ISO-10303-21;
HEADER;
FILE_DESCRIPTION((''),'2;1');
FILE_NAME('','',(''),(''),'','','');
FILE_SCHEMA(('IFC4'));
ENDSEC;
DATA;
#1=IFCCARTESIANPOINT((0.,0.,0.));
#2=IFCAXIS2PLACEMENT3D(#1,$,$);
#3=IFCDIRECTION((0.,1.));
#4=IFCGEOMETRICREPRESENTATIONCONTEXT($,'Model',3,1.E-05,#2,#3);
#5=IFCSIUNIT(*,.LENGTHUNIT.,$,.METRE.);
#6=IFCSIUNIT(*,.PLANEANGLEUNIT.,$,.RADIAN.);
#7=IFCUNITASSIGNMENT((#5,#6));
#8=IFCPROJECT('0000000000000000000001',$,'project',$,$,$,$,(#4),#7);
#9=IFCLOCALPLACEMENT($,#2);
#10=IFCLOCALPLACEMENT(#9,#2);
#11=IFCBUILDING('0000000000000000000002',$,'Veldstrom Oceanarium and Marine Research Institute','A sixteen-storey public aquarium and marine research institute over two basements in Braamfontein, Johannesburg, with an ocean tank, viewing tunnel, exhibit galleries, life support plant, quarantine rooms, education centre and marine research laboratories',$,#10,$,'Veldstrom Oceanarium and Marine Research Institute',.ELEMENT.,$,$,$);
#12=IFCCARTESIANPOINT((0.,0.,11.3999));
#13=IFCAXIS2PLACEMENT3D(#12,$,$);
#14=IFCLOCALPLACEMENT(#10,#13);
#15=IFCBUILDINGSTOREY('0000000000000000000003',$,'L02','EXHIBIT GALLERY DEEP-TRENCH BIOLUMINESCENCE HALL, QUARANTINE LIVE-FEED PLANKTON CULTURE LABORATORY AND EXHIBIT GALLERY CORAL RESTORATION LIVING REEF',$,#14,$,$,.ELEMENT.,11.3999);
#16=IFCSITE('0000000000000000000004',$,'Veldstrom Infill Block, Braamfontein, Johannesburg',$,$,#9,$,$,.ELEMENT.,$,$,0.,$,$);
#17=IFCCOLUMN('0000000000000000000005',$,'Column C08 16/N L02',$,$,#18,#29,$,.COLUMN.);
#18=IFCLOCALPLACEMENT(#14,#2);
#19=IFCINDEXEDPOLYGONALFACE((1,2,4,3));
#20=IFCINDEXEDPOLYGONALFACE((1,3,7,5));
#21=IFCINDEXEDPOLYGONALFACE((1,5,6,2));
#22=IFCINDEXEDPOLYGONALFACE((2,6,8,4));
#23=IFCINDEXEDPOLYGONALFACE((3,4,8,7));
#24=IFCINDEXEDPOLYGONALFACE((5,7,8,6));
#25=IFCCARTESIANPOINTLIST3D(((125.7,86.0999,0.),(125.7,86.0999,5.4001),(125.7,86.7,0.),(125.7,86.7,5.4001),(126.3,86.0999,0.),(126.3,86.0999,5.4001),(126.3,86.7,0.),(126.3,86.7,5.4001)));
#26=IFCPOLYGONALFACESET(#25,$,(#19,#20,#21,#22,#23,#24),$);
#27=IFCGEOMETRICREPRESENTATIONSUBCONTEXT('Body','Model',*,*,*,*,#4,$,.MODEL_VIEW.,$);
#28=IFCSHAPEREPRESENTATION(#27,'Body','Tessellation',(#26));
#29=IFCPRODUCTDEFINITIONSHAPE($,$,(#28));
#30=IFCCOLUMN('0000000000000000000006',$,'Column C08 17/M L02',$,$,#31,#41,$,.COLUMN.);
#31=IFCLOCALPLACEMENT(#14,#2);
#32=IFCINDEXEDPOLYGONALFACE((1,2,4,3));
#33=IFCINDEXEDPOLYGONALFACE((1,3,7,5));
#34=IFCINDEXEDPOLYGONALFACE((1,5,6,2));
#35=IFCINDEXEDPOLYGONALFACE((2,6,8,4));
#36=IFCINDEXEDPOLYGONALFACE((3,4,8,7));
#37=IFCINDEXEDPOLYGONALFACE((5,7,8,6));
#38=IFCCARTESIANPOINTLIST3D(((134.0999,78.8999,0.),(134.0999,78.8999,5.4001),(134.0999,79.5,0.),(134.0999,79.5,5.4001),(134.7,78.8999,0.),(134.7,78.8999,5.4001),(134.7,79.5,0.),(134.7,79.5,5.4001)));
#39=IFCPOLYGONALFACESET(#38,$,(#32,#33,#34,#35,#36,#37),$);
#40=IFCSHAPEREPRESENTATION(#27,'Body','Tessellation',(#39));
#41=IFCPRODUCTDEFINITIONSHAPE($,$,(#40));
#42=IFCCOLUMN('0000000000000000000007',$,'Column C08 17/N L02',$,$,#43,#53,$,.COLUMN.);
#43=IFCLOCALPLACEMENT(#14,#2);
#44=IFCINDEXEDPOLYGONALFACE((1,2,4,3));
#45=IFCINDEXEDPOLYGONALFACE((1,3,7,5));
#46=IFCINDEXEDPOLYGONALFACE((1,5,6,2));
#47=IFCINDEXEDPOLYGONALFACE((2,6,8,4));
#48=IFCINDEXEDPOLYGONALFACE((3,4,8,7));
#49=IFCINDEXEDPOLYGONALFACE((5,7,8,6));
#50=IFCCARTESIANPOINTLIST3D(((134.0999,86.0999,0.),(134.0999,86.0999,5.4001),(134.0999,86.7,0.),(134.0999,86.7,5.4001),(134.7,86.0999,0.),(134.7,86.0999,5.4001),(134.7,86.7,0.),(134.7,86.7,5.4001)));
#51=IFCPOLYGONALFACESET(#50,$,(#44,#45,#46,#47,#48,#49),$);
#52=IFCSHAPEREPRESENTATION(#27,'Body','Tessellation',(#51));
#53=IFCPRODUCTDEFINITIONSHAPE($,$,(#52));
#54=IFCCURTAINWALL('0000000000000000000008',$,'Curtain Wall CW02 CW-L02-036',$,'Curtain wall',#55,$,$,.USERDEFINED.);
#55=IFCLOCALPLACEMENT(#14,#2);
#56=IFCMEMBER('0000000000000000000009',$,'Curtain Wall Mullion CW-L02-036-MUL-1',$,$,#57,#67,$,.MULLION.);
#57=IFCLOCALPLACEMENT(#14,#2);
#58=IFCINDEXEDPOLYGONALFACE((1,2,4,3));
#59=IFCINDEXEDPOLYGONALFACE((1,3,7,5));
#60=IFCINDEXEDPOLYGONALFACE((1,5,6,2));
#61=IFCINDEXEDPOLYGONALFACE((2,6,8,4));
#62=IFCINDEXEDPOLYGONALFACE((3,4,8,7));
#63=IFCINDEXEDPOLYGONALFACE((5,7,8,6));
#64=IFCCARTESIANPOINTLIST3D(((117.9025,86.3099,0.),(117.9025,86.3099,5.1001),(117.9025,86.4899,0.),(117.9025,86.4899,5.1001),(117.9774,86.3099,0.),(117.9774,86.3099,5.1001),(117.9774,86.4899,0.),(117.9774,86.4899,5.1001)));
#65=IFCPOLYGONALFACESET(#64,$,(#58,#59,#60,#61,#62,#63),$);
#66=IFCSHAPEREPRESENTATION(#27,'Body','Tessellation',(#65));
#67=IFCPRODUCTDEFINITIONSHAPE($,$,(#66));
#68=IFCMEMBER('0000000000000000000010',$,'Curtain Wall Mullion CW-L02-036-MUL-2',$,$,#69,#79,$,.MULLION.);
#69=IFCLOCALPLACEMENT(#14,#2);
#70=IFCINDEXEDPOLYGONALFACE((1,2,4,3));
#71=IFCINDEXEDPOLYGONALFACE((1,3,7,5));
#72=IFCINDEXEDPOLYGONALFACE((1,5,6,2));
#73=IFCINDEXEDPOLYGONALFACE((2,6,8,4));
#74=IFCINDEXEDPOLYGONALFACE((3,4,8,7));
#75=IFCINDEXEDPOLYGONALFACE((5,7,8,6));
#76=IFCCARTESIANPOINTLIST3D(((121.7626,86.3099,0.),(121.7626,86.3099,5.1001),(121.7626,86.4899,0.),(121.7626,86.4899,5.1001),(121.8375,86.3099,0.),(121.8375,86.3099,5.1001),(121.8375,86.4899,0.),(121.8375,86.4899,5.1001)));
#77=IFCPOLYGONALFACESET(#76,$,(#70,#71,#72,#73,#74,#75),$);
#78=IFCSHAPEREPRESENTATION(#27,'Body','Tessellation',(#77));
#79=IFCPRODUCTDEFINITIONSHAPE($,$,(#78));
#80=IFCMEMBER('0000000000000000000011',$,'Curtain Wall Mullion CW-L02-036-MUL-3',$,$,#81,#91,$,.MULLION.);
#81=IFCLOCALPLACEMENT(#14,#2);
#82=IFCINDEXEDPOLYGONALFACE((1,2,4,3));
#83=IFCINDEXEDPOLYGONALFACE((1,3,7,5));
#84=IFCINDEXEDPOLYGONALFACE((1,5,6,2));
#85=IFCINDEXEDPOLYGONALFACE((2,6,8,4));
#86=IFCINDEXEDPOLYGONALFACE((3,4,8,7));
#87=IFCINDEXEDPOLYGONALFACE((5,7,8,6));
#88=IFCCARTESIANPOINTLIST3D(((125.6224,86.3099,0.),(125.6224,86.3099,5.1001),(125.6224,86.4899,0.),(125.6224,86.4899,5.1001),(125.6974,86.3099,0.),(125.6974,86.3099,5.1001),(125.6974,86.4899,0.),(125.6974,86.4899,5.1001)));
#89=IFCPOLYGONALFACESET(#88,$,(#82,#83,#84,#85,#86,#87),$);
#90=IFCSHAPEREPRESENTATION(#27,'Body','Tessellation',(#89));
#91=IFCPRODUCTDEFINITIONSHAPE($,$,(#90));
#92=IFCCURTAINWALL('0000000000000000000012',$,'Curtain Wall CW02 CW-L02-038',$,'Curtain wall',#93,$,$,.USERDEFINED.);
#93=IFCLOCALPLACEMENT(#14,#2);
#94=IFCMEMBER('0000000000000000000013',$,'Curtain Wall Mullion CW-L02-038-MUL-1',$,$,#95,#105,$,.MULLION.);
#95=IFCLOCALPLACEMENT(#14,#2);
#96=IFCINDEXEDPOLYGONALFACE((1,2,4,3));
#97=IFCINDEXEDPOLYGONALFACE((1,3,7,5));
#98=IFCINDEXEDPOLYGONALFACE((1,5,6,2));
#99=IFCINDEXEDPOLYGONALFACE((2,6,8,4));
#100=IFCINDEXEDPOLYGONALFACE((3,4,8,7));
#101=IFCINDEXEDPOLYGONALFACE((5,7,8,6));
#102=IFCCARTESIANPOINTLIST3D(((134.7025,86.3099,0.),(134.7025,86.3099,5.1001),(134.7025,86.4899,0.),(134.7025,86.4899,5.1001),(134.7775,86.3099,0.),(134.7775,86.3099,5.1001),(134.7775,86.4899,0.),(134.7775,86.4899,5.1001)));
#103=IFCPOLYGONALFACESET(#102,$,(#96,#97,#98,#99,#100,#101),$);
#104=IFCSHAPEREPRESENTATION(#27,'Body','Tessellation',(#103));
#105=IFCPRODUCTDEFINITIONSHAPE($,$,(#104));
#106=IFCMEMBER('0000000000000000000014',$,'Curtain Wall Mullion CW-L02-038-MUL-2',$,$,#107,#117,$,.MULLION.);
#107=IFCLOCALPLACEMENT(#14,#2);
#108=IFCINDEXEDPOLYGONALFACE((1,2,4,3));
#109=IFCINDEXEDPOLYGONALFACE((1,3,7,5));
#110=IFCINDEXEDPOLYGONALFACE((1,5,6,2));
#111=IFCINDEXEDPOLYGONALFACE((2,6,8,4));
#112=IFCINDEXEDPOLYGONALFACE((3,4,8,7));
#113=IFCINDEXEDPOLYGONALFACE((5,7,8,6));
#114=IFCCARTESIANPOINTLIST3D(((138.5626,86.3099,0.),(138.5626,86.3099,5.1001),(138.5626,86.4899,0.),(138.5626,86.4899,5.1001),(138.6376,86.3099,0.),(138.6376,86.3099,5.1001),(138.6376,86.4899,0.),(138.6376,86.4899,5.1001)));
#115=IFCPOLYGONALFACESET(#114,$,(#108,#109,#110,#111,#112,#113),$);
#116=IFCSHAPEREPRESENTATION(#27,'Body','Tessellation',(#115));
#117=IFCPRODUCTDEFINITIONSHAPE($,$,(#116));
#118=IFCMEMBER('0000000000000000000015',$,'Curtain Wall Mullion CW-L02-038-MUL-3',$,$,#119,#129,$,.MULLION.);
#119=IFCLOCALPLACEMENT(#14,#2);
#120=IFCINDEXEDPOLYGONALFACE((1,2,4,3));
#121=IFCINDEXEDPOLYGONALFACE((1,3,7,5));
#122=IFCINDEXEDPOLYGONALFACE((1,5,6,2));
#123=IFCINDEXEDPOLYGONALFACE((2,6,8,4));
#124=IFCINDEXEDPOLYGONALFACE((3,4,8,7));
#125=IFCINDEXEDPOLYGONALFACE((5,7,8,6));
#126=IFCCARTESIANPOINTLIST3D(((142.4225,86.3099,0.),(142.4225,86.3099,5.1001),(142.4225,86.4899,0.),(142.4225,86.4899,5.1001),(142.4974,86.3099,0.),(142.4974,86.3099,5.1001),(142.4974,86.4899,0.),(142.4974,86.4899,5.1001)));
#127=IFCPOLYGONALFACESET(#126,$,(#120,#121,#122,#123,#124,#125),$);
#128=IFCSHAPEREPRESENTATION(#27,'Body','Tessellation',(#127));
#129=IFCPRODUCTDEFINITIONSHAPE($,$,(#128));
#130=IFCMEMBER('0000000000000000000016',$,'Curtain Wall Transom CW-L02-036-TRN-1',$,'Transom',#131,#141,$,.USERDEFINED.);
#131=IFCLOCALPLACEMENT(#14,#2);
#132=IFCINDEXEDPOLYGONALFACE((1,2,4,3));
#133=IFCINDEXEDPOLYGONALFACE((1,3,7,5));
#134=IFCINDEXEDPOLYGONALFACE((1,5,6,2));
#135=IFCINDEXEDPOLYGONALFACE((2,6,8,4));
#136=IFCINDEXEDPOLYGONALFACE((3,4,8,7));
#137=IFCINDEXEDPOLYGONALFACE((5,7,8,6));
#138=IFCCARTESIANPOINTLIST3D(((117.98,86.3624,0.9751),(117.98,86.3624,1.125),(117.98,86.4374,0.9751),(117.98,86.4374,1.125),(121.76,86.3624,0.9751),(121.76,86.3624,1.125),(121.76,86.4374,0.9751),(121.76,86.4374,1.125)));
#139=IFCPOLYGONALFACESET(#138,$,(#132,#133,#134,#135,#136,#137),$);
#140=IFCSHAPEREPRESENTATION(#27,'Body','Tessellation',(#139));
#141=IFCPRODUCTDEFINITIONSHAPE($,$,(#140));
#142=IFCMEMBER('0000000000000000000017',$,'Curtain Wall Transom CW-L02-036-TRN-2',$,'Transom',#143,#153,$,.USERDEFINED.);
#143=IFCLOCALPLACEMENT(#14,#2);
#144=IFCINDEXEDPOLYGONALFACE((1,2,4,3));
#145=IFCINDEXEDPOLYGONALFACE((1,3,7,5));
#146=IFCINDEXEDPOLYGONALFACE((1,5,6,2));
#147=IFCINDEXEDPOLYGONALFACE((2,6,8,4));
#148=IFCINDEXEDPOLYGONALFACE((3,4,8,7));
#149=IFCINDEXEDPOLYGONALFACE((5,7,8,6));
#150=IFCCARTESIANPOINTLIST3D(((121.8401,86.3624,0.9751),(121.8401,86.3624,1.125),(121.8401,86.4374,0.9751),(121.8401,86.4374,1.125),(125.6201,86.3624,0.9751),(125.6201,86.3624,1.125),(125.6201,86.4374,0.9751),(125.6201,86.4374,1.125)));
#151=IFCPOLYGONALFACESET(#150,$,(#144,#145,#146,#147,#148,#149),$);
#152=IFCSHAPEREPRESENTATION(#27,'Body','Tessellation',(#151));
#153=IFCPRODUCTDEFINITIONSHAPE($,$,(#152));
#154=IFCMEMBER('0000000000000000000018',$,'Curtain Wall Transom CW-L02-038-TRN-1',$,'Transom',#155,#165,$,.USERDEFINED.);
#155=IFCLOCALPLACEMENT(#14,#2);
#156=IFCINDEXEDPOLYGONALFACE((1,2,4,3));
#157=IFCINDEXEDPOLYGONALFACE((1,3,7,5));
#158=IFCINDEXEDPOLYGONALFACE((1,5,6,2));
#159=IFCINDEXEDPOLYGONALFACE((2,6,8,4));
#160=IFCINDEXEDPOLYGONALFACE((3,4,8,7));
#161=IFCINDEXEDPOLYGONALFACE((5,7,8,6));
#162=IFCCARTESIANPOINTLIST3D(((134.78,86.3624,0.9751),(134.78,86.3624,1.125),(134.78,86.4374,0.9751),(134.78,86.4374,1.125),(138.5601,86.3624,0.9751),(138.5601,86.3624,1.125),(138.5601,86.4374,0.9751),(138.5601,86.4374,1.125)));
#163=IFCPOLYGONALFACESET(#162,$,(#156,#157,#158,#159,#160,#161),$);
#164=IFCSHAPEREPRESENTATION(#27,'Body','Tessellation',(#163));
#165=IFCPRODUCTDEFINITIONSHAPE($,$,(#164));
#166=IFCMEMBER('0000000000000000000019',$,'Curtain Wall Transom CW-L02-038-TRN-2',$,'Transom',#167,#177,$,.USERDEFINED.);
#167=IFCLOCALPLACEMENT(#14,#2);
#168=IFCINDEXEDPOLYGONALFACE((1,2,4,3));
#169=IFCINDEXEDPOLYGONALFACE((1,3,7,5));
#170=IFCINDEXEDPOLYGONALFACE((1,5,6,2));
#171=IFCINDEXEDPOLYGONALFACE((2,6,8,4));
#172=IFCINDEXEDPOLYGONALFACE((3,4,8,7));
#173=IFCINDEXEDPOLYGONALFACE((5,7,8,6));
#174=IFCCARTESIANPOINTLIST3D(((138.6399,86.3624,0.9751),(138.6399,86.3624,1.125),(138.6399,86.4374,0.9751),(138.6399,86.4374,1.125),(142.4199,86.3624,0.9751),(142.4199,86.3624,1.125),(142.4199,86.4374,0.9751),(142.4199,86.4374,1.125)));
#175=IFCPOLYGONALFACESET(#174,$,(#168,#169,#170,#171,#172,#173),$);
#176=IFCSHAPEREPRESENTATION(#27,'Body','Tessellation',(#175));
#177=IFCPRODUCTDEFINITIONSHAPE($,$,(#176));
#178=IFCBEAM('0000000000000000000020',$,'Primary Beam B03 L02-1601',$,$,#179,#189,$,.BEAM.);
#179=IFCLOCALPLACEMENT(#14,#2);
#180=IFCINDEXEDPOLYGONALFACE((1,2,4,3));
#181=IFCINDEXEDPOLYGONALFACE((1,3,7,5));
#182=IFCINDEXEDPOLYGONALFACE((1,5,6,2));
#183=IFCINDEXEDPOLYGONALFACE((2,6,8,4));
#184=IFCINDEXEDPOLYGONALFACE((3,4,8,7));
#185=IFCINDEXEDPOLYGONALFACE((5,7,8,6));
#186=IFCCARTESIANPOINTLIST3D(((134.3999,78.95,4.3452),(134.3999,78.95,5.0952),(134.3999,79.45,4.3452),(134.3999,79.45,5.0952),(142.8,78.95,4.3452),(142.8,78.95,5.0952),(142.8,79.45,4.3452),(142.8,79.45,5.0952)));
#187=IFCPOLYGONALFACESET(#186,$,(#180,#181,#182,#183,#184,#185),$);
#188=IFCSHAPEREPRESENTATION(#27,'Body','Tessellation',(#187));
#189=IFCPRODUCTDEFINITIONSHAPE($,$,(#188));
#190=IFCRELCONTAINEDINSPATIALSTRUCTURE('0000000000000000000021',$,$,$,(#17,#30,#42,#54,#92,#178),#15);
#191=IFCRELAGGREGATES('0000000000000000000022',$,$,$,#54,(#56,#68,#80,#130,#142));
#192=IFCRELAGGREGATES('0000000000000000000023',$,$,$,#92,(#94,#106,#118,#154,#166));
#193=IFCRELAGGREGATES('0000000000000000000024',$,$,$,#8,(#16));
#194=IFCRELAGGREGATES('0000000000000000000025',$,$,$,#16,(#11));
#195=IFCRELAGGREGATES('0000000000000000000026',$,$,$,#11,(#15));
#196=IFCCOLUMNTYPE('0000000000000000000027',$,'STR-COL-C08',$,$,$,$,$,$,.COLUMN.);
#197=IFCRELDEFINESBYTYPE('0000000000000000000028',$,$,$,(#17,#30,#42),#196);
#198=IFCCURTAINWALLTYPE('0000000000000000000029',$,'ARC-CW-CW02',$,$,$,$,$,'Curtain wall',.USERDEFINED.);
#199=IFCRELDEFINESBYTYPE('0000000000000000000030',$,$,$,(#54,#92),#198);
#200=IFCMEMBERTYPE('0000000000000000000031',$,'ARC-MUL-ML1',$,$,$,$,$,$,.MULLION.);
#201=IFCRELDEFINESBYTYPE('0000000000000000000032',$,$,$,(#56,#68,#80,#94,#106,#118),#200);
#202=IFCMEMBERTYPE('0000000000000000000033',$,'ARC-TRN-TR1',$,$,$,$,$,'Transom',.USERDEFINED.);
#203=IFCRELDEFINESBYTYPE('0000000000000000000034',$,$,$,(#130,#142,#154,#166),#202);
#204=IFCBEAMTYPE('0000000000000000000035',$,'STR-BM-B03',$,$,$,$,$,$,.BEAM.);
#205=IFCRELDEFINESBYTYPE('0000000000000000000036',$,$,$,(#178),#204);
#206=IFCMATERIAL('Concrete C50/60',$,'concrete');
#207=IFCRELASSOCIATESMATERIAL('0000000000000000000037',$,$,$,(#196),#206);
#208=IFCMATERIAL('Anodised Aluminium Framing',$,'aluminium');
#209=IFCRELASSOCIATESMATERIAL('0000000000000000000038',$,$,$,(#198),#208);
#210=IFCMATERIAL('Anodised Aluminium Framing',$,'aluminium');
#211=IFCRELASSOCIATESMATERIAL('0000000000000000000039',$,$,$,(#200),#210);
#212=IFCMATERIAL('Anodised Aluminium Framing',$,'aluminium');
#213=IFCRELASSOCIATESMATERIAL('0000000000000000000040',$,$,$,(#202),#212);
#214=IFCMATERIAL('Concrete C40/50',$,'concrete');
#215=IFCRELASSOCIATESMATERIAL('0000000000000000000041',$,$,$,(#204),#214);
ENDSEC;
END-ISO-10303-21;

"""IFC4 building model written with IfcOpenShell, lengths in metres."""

from ifc_helpers import new_model, si_unit, direction, frame, origin, origin_2d, place, context, subcontext, project, spatial, rectangle, extrude, material, material_profile, profile_set, type_object, element, aggregate, save


model = new_model("IFC4")

# Units and contexts
model_context = context("Model", 3, precision=1e-05, world=origin(), true_north=direction((0.0, 1.0)))
body_context = subcontext(model_context, "Body", "Model", "MODEL_VIEW")
ifc_project = project(units=[si_unit("LENGTHUNIT", "METRE"), si_unit("PLANEANGLEUNIT", "RADIAN")], contexts=[model_context])

# Site, building, storey
site_placement = place(None, origin())
site = spatial("IfcSite", under=ifc_project, at=site_placement, Name="Veldstrom Infill Block, Braamfontein, Johannesburg", CompositionType="ELEMENT", RefElevation=0.0)
building_placement = place(site_placement, origin())
building = spatial("IfcBuilding", under=site, at=building_placement, Name="Veldstrom Oceanarium and Marine Research Institute", Description="A sixteen-storey public aquarium and marine research institute over two basements in Braamfontein, Johannesburg, with an ocean tank, viewing tunnel, exhibit galleries, life support plant, quarantine rooms, education centre and marine research laboratories", LongName="Veldstrom Oceanarium and Marine Research Institute", CompositionType="ELEMENT")
storey_placement = place(building_placement, frame((0.0, 0.0, 11.3999)))
storey = spatial("IfcBuildingStorey", under=building, at=storey_placement, Name="L02", Description="EXHIBIT GALLERY DEEP-TRENCH BIOLUMINESCENCE HALL, QUARANTINE LIVE-FEED PLANKTON CULTURE LABORATORY AND EXHIBIT GALLERY CORAL RESTORATION LIVING REEF", CompositionType="ELEMENT", Elevation=11.3999)

# Columns
ifc_material_1 = material(Name="Concrete C50/60", Category="concrete")
ifc_material_profile_1 = material_profile(ifc_material_1, rectangle(XDim=0.6001, YDim=0.6001, at=origin_2d()), Name="RC-COL-600x600")
ifc_profile_set_1 = profile_set([ifc_material_profile_1], Name="Concrete C50/60")
column_type = type_object("IfcColumnType", Name="STR-COL-C08", PredefinedType="COLUMN", material=ifc_profile_set_1)
for number, where, z_axis, x_axis, name in (
    (1, (126.0, 86.3999, 0.0), (0.0, 0.0, 1.0), (1.0, 0.0, 0.0), "Column C08 16/N L02"),
    (2, (134.3999, 79.2, 0.0), (0.0, 0.0, 1.0), (1.0, 0.0, 0.0), "Column C08 17/M L02"),
    (3, (134.3999, 86.3999, 0.0), (0.0, 0.0, 1.0), (1.0, 0.0, 0.0), "Column C08 17/N L02"),
):
    element("IfcColumn", number, at=place(storey_placement, frame(where, z_axis=z_axis, x_axis=x_axis)), inside=storey, type_object=column_type, Name=name, PredefinedType="COLUMN", context=body_context, shape_type="SweptSolid", body=[
        extrude(rectangle(XDim=0.6001, YDim=0.6001, at=origin_2d()), origin(), (0.0, 0.0, 1.0), 5.4001),
    ])

# Curtain walls, members
ifc_material_2 = material(Name="Anodised Aluminium Framing", Category="aluminium")
curtain_wall_type = type_object("IfcCurtainWallType", Name="ARC-CW-CW02", ElementType="Curtain wall", PredefinedType="USERDEFINED", material=ifc_material_2)
curtain_wall_1_placement = place(storey_placement, origin())
curtain_wall_1 = element("IfcCurtainWall", 4, at=curtain_wall_1_placement, inside=storey, type_object=curtain_wall_type, Name="Curtain Wall CW02 CW-L02-036", ObjectType="Curtain wall", PredefinedType="USERDEFINED")
ifc_material_3 = material(Name="Anodised Aluminium Framing", Category="aluminium")
ifc_material_profile_2 = material_profile(ifc_material_3, rectangle(XDim=0.075, YDim=0.1799, at=origin_2d()), Name="ALU-MUL-75x180")
ifc_profile_set_2 = profile_set([ifc_material_profile_2], Name="Anodised Aluminium Framing")
member_type_1 = type_object("IfcMemberType", Name="ARC-MUL-ML1", PredefinedType="MULLION", material=ifc_profile_set_2)
member_1_placement = place(storey_placement, frame((117.9399, 86.3999, 0.0), z_axis=(0.0, 0.0, 1.0), x_axis=(1.0, 0.0, 0.0)))
member_1 = element("IfcMember", 5, at=member_1_placement, type_object=member_type_1, Name="Curtain Wall Mullion CW-L02-036-MUL-1", PredefinedType="MULLION", context=body_context, shape_type="SweptSolid", body=[
    extrude(rectangle(XDim=0.075, YDim=0.1799, at=origin_2d()), origin(), (0.0, 0.0, 1.0), 5.1001),
])
member_2_placement = place(storey_placement, frame((121.8, 86.3999, 0.0), z_axis=(0.0, 0.0, 1.0), x_axis=(1.0, 0.0, 0.0)))
member_2 = element("IfcMember", 6, at=member_2_placement, type_object=member_type_1, Name="Curtain Wall Mullion CW-L02-036-MUL-2", PredefinedType="MULLION", context=body_context, shape_type="SweptSolid", body=[
    extrude(rectangle(XDim=0.075, YDim=0.1799, at=origin_2d()), origin(), (0.0, 0.0, 1.0), 5.1001),
])
member_3_placement = place(storey_placement, frame((125.6599, 86.3999, 0.0), z_axis=(0.0, 0.0, 1.0), x_axis=(1.0, 0.0, 0.0)))
member_3 = element("IfcMember", 7, at=member_3_placement, type_object=member_type_1, Name="Curtain Wall Mullion CW-L02-036-MUL-3", PredefinedType="MULLION", context=body_context, shape_type="SweptSolid", body=[
    extrude(rectangle(XDim=0.075, YDim=0.1799, at=origin_2d()), origin(), (0.0, 0.0, 1.0), 5.1001),
])
curtain_wall_2_placement = place(storey_placement, origin())
curtain_wall_2 = element("IfcCurtainWall", 8, at=curtain_wall_2_placement, inside=storey, type_object=curtain_wall_type, Name="Curtain Wall CW02 CW-L02-038", ObjectType="Curtain wall", PredefinedType="USERDEFINED")
member_4_placement = place(storey_placement, frame((134.74, 86.3999, 0.0), z_axis=(0.0, 0.0, 1.0), x_axis=(1.0, 0.0, 0.0)))
member_4 = element("IfcMember", 9, at=member_4_placement, type_object=member_type_1, Name="Curtain Wall Mullion CW-L02-038-MUL-1", PredefinedType="MULLION", context=body_context, shape_type="SweptSolid", body=[
    extrude(rectangle(XDim=0.075, YDim=0.1799, at=origin_2d()), origin(), (0.0, 0.0, 1.0), 5.1001),
])
member_5_placement = place(storey_placement, frame((138.6001, 86.3999, 0.0), z_axis=(0.0, 0.0, 1.0), x_axis=(1.0, 0.0, 0.0)))
member_5 = element("IfcMember", 10, at=member_5_placement, type_object=member_type_1, Name="Curtain Wall Mullion CW-L02-038-MUL-2", PredefinedType="MULLION", context=body_context, shape_type="SweptSolid", body=[
    extrude(rectangle(XDim=0.075, YDim=0.1799, at=origin_2d()), origin(), (0.0, 0.0, 1.0), 5.1001),
])
member_6_placement = place(storey_placement, frame((142.46, 86.3999, 0.0), z_axis=(0.0, 0.0, 1.0), x_axis=(1.0, 0.0, 0.0)))
member_6 = element("IfcMember", 11, at=member_6_placement, type_object=member_type_1, Name="Curtain Wall Mullion CW-L02-038-MUL-3", PredefinedType="MULLION", context=body_context, shape_type="SweptSolid", body=[
    extrude(rectangle(XDim=0.075, YDim=0.1799, at=origin_2d()), origin(), (0.0, 0.0, 1.0), 5.1001),
])

# Members
ifc_material_4 = material(Name="Anodised Aluminium Framing", Category="aluminium")
ifc_material_profile_3 = material_profile(ifc_material_4, rectangle(XDim=0.075, YDim=0.1499, at=origin_2d()), Name="ALU-TRN-75x150")
ifc_profile_set_3 = profile_set([ifc_material_profile_3], Name="Anodised Aluminium Framing")
member_type_2 = type_object("IfcMemberType", Name="ARC-TRN-TR1", ElementType="Transom", PredefinedType="USERDEFINED", material=ifc_profile_set_3)
member_7_placement = place(storey_placement, frame((117.98, 86.3999, 1.05), z_axis=(1.0, 0.0, 0.0), x_axis=(0.0, 1.0, 0.0)))
member_7 = element("IfcMember", 12, at=member_7_placement, type_object=member_type_2, Name="Curtain Wall Transom CW-L02-036-TRN-1", ObjectType="Transom", PredefinedType="USERDEFINED", context=body_context, shape_type="SweptSolid", body=[
    extrude(rectangle(XDim=0.075, YDim=0.1499, at=origin_2d()), origin(), (0.0, 0.0, 1.0), 3.78),
])
member_8_placement = place(storey_placement, frame((121.8401, 86.3999, 1.05), z_axis=(1.0, 0.0, 0.0), x_axis=(0.0, 1.0, 0.0)))
member_8 = element("IfcMember", 13, at=member_8_placement, type_object=member_type_2, Name="Curtain Wall Transom CW-L02-036-TRN-2", ObjectType="Transom", PredefinedType="USERDEFINED", context=body_context, shape_type="SweptSolid", body=[
    extrude(rectangle(XDim=0.075, YDim=0.1499, at=origin_2d()), origin(), (0.0, 0.0, 1.0), 3.78),
])
member_9_placement = place(storey_placement, frame((134.78, 86.3999, 1.05), z_axis=(1.0, 0.0, 0.0), x_axis=(0.0, 1.0, 0.0)))
member_9 = element("IfcMember", 14, at=member_9_placement, type_object=member_type_2, Name="Curtain Wall Transom CW-L02-038-TRN-1", ObjectType="Transom", PredefinedType="USERDEFINED", context=body_context, shape_type="SweptSolid", body=[
    extrude(rectangle(XDim=0.075, YDim=0.1499, at=origin_2d()), origin(), (0.0, 0.0, 1.0), 3.78),
])
member_10_placement = place(storey_placement, frame((138.6399, 86.3999, 1.05), z_axis=(1.0, 0.0, 0.0), x_axis=(0.0, 1.0, 0.0)))
member_10 = element("IfcMember", 15, at=member_10_placement, type_object=member_type_2, Name="Curtain Wall Transom CW-L02-038-TRN-2", ObjectType="Transom", PredefinedType="USERDEFINED", context=body_context, shape_type="SweptSolid", body=[
    extrude(rectangle(XDim=0.075, YDim=0.1499, at=origin_2d()), origin(), (0.0, 0.0, 1.0), 3.78),
])

# Beam
ifc_material_5 = material(Name="Concrete C40/50", Category="concrete")
ifc_material_profile_4 = material_profile(ifc_material_5, rectangle(XDim=0.5, YDim=0.75, at=origin_2d()), Name="RC-BM-500x750")
ifc_profile_set_4 = profile_set([ifc_material_profile_4], Name="Concrete C40/50")
beam_type_1 = type_object("IfcBeamType", Name="STR-BM-B03", PredefinedType="BEAM", material=ifc_profile_set_4)
beam_1_placement = place(storey_placement, frame((134.3999, 79.2, 4.7202), z_axis=(1.0, 0.0, 0.0), x_axis=(0.0, 1.0, 0.0)))
element("IfcBeam", 16, at=beam_1_placement, inside=storey, type_object=beam_type_1, Name="Primary Beam B03 L02-1601", PredefinedType="BEAM", context=body_context, shape_type="SweptSolid", body=[
    extrude(rectangle(XDim=0.5, YDim=0.75, at=origin_2d()), origin(), (0.0, 0.0, 1.0), 8.4001),
])

aggregate(curtain_wall_1, [member_1, member_2, member_3, member_7, member_8])
aggregate(curtain_wall_2, [member_4, member_5, member_6, member_9, member_10])

save(model, "model.ifc")
